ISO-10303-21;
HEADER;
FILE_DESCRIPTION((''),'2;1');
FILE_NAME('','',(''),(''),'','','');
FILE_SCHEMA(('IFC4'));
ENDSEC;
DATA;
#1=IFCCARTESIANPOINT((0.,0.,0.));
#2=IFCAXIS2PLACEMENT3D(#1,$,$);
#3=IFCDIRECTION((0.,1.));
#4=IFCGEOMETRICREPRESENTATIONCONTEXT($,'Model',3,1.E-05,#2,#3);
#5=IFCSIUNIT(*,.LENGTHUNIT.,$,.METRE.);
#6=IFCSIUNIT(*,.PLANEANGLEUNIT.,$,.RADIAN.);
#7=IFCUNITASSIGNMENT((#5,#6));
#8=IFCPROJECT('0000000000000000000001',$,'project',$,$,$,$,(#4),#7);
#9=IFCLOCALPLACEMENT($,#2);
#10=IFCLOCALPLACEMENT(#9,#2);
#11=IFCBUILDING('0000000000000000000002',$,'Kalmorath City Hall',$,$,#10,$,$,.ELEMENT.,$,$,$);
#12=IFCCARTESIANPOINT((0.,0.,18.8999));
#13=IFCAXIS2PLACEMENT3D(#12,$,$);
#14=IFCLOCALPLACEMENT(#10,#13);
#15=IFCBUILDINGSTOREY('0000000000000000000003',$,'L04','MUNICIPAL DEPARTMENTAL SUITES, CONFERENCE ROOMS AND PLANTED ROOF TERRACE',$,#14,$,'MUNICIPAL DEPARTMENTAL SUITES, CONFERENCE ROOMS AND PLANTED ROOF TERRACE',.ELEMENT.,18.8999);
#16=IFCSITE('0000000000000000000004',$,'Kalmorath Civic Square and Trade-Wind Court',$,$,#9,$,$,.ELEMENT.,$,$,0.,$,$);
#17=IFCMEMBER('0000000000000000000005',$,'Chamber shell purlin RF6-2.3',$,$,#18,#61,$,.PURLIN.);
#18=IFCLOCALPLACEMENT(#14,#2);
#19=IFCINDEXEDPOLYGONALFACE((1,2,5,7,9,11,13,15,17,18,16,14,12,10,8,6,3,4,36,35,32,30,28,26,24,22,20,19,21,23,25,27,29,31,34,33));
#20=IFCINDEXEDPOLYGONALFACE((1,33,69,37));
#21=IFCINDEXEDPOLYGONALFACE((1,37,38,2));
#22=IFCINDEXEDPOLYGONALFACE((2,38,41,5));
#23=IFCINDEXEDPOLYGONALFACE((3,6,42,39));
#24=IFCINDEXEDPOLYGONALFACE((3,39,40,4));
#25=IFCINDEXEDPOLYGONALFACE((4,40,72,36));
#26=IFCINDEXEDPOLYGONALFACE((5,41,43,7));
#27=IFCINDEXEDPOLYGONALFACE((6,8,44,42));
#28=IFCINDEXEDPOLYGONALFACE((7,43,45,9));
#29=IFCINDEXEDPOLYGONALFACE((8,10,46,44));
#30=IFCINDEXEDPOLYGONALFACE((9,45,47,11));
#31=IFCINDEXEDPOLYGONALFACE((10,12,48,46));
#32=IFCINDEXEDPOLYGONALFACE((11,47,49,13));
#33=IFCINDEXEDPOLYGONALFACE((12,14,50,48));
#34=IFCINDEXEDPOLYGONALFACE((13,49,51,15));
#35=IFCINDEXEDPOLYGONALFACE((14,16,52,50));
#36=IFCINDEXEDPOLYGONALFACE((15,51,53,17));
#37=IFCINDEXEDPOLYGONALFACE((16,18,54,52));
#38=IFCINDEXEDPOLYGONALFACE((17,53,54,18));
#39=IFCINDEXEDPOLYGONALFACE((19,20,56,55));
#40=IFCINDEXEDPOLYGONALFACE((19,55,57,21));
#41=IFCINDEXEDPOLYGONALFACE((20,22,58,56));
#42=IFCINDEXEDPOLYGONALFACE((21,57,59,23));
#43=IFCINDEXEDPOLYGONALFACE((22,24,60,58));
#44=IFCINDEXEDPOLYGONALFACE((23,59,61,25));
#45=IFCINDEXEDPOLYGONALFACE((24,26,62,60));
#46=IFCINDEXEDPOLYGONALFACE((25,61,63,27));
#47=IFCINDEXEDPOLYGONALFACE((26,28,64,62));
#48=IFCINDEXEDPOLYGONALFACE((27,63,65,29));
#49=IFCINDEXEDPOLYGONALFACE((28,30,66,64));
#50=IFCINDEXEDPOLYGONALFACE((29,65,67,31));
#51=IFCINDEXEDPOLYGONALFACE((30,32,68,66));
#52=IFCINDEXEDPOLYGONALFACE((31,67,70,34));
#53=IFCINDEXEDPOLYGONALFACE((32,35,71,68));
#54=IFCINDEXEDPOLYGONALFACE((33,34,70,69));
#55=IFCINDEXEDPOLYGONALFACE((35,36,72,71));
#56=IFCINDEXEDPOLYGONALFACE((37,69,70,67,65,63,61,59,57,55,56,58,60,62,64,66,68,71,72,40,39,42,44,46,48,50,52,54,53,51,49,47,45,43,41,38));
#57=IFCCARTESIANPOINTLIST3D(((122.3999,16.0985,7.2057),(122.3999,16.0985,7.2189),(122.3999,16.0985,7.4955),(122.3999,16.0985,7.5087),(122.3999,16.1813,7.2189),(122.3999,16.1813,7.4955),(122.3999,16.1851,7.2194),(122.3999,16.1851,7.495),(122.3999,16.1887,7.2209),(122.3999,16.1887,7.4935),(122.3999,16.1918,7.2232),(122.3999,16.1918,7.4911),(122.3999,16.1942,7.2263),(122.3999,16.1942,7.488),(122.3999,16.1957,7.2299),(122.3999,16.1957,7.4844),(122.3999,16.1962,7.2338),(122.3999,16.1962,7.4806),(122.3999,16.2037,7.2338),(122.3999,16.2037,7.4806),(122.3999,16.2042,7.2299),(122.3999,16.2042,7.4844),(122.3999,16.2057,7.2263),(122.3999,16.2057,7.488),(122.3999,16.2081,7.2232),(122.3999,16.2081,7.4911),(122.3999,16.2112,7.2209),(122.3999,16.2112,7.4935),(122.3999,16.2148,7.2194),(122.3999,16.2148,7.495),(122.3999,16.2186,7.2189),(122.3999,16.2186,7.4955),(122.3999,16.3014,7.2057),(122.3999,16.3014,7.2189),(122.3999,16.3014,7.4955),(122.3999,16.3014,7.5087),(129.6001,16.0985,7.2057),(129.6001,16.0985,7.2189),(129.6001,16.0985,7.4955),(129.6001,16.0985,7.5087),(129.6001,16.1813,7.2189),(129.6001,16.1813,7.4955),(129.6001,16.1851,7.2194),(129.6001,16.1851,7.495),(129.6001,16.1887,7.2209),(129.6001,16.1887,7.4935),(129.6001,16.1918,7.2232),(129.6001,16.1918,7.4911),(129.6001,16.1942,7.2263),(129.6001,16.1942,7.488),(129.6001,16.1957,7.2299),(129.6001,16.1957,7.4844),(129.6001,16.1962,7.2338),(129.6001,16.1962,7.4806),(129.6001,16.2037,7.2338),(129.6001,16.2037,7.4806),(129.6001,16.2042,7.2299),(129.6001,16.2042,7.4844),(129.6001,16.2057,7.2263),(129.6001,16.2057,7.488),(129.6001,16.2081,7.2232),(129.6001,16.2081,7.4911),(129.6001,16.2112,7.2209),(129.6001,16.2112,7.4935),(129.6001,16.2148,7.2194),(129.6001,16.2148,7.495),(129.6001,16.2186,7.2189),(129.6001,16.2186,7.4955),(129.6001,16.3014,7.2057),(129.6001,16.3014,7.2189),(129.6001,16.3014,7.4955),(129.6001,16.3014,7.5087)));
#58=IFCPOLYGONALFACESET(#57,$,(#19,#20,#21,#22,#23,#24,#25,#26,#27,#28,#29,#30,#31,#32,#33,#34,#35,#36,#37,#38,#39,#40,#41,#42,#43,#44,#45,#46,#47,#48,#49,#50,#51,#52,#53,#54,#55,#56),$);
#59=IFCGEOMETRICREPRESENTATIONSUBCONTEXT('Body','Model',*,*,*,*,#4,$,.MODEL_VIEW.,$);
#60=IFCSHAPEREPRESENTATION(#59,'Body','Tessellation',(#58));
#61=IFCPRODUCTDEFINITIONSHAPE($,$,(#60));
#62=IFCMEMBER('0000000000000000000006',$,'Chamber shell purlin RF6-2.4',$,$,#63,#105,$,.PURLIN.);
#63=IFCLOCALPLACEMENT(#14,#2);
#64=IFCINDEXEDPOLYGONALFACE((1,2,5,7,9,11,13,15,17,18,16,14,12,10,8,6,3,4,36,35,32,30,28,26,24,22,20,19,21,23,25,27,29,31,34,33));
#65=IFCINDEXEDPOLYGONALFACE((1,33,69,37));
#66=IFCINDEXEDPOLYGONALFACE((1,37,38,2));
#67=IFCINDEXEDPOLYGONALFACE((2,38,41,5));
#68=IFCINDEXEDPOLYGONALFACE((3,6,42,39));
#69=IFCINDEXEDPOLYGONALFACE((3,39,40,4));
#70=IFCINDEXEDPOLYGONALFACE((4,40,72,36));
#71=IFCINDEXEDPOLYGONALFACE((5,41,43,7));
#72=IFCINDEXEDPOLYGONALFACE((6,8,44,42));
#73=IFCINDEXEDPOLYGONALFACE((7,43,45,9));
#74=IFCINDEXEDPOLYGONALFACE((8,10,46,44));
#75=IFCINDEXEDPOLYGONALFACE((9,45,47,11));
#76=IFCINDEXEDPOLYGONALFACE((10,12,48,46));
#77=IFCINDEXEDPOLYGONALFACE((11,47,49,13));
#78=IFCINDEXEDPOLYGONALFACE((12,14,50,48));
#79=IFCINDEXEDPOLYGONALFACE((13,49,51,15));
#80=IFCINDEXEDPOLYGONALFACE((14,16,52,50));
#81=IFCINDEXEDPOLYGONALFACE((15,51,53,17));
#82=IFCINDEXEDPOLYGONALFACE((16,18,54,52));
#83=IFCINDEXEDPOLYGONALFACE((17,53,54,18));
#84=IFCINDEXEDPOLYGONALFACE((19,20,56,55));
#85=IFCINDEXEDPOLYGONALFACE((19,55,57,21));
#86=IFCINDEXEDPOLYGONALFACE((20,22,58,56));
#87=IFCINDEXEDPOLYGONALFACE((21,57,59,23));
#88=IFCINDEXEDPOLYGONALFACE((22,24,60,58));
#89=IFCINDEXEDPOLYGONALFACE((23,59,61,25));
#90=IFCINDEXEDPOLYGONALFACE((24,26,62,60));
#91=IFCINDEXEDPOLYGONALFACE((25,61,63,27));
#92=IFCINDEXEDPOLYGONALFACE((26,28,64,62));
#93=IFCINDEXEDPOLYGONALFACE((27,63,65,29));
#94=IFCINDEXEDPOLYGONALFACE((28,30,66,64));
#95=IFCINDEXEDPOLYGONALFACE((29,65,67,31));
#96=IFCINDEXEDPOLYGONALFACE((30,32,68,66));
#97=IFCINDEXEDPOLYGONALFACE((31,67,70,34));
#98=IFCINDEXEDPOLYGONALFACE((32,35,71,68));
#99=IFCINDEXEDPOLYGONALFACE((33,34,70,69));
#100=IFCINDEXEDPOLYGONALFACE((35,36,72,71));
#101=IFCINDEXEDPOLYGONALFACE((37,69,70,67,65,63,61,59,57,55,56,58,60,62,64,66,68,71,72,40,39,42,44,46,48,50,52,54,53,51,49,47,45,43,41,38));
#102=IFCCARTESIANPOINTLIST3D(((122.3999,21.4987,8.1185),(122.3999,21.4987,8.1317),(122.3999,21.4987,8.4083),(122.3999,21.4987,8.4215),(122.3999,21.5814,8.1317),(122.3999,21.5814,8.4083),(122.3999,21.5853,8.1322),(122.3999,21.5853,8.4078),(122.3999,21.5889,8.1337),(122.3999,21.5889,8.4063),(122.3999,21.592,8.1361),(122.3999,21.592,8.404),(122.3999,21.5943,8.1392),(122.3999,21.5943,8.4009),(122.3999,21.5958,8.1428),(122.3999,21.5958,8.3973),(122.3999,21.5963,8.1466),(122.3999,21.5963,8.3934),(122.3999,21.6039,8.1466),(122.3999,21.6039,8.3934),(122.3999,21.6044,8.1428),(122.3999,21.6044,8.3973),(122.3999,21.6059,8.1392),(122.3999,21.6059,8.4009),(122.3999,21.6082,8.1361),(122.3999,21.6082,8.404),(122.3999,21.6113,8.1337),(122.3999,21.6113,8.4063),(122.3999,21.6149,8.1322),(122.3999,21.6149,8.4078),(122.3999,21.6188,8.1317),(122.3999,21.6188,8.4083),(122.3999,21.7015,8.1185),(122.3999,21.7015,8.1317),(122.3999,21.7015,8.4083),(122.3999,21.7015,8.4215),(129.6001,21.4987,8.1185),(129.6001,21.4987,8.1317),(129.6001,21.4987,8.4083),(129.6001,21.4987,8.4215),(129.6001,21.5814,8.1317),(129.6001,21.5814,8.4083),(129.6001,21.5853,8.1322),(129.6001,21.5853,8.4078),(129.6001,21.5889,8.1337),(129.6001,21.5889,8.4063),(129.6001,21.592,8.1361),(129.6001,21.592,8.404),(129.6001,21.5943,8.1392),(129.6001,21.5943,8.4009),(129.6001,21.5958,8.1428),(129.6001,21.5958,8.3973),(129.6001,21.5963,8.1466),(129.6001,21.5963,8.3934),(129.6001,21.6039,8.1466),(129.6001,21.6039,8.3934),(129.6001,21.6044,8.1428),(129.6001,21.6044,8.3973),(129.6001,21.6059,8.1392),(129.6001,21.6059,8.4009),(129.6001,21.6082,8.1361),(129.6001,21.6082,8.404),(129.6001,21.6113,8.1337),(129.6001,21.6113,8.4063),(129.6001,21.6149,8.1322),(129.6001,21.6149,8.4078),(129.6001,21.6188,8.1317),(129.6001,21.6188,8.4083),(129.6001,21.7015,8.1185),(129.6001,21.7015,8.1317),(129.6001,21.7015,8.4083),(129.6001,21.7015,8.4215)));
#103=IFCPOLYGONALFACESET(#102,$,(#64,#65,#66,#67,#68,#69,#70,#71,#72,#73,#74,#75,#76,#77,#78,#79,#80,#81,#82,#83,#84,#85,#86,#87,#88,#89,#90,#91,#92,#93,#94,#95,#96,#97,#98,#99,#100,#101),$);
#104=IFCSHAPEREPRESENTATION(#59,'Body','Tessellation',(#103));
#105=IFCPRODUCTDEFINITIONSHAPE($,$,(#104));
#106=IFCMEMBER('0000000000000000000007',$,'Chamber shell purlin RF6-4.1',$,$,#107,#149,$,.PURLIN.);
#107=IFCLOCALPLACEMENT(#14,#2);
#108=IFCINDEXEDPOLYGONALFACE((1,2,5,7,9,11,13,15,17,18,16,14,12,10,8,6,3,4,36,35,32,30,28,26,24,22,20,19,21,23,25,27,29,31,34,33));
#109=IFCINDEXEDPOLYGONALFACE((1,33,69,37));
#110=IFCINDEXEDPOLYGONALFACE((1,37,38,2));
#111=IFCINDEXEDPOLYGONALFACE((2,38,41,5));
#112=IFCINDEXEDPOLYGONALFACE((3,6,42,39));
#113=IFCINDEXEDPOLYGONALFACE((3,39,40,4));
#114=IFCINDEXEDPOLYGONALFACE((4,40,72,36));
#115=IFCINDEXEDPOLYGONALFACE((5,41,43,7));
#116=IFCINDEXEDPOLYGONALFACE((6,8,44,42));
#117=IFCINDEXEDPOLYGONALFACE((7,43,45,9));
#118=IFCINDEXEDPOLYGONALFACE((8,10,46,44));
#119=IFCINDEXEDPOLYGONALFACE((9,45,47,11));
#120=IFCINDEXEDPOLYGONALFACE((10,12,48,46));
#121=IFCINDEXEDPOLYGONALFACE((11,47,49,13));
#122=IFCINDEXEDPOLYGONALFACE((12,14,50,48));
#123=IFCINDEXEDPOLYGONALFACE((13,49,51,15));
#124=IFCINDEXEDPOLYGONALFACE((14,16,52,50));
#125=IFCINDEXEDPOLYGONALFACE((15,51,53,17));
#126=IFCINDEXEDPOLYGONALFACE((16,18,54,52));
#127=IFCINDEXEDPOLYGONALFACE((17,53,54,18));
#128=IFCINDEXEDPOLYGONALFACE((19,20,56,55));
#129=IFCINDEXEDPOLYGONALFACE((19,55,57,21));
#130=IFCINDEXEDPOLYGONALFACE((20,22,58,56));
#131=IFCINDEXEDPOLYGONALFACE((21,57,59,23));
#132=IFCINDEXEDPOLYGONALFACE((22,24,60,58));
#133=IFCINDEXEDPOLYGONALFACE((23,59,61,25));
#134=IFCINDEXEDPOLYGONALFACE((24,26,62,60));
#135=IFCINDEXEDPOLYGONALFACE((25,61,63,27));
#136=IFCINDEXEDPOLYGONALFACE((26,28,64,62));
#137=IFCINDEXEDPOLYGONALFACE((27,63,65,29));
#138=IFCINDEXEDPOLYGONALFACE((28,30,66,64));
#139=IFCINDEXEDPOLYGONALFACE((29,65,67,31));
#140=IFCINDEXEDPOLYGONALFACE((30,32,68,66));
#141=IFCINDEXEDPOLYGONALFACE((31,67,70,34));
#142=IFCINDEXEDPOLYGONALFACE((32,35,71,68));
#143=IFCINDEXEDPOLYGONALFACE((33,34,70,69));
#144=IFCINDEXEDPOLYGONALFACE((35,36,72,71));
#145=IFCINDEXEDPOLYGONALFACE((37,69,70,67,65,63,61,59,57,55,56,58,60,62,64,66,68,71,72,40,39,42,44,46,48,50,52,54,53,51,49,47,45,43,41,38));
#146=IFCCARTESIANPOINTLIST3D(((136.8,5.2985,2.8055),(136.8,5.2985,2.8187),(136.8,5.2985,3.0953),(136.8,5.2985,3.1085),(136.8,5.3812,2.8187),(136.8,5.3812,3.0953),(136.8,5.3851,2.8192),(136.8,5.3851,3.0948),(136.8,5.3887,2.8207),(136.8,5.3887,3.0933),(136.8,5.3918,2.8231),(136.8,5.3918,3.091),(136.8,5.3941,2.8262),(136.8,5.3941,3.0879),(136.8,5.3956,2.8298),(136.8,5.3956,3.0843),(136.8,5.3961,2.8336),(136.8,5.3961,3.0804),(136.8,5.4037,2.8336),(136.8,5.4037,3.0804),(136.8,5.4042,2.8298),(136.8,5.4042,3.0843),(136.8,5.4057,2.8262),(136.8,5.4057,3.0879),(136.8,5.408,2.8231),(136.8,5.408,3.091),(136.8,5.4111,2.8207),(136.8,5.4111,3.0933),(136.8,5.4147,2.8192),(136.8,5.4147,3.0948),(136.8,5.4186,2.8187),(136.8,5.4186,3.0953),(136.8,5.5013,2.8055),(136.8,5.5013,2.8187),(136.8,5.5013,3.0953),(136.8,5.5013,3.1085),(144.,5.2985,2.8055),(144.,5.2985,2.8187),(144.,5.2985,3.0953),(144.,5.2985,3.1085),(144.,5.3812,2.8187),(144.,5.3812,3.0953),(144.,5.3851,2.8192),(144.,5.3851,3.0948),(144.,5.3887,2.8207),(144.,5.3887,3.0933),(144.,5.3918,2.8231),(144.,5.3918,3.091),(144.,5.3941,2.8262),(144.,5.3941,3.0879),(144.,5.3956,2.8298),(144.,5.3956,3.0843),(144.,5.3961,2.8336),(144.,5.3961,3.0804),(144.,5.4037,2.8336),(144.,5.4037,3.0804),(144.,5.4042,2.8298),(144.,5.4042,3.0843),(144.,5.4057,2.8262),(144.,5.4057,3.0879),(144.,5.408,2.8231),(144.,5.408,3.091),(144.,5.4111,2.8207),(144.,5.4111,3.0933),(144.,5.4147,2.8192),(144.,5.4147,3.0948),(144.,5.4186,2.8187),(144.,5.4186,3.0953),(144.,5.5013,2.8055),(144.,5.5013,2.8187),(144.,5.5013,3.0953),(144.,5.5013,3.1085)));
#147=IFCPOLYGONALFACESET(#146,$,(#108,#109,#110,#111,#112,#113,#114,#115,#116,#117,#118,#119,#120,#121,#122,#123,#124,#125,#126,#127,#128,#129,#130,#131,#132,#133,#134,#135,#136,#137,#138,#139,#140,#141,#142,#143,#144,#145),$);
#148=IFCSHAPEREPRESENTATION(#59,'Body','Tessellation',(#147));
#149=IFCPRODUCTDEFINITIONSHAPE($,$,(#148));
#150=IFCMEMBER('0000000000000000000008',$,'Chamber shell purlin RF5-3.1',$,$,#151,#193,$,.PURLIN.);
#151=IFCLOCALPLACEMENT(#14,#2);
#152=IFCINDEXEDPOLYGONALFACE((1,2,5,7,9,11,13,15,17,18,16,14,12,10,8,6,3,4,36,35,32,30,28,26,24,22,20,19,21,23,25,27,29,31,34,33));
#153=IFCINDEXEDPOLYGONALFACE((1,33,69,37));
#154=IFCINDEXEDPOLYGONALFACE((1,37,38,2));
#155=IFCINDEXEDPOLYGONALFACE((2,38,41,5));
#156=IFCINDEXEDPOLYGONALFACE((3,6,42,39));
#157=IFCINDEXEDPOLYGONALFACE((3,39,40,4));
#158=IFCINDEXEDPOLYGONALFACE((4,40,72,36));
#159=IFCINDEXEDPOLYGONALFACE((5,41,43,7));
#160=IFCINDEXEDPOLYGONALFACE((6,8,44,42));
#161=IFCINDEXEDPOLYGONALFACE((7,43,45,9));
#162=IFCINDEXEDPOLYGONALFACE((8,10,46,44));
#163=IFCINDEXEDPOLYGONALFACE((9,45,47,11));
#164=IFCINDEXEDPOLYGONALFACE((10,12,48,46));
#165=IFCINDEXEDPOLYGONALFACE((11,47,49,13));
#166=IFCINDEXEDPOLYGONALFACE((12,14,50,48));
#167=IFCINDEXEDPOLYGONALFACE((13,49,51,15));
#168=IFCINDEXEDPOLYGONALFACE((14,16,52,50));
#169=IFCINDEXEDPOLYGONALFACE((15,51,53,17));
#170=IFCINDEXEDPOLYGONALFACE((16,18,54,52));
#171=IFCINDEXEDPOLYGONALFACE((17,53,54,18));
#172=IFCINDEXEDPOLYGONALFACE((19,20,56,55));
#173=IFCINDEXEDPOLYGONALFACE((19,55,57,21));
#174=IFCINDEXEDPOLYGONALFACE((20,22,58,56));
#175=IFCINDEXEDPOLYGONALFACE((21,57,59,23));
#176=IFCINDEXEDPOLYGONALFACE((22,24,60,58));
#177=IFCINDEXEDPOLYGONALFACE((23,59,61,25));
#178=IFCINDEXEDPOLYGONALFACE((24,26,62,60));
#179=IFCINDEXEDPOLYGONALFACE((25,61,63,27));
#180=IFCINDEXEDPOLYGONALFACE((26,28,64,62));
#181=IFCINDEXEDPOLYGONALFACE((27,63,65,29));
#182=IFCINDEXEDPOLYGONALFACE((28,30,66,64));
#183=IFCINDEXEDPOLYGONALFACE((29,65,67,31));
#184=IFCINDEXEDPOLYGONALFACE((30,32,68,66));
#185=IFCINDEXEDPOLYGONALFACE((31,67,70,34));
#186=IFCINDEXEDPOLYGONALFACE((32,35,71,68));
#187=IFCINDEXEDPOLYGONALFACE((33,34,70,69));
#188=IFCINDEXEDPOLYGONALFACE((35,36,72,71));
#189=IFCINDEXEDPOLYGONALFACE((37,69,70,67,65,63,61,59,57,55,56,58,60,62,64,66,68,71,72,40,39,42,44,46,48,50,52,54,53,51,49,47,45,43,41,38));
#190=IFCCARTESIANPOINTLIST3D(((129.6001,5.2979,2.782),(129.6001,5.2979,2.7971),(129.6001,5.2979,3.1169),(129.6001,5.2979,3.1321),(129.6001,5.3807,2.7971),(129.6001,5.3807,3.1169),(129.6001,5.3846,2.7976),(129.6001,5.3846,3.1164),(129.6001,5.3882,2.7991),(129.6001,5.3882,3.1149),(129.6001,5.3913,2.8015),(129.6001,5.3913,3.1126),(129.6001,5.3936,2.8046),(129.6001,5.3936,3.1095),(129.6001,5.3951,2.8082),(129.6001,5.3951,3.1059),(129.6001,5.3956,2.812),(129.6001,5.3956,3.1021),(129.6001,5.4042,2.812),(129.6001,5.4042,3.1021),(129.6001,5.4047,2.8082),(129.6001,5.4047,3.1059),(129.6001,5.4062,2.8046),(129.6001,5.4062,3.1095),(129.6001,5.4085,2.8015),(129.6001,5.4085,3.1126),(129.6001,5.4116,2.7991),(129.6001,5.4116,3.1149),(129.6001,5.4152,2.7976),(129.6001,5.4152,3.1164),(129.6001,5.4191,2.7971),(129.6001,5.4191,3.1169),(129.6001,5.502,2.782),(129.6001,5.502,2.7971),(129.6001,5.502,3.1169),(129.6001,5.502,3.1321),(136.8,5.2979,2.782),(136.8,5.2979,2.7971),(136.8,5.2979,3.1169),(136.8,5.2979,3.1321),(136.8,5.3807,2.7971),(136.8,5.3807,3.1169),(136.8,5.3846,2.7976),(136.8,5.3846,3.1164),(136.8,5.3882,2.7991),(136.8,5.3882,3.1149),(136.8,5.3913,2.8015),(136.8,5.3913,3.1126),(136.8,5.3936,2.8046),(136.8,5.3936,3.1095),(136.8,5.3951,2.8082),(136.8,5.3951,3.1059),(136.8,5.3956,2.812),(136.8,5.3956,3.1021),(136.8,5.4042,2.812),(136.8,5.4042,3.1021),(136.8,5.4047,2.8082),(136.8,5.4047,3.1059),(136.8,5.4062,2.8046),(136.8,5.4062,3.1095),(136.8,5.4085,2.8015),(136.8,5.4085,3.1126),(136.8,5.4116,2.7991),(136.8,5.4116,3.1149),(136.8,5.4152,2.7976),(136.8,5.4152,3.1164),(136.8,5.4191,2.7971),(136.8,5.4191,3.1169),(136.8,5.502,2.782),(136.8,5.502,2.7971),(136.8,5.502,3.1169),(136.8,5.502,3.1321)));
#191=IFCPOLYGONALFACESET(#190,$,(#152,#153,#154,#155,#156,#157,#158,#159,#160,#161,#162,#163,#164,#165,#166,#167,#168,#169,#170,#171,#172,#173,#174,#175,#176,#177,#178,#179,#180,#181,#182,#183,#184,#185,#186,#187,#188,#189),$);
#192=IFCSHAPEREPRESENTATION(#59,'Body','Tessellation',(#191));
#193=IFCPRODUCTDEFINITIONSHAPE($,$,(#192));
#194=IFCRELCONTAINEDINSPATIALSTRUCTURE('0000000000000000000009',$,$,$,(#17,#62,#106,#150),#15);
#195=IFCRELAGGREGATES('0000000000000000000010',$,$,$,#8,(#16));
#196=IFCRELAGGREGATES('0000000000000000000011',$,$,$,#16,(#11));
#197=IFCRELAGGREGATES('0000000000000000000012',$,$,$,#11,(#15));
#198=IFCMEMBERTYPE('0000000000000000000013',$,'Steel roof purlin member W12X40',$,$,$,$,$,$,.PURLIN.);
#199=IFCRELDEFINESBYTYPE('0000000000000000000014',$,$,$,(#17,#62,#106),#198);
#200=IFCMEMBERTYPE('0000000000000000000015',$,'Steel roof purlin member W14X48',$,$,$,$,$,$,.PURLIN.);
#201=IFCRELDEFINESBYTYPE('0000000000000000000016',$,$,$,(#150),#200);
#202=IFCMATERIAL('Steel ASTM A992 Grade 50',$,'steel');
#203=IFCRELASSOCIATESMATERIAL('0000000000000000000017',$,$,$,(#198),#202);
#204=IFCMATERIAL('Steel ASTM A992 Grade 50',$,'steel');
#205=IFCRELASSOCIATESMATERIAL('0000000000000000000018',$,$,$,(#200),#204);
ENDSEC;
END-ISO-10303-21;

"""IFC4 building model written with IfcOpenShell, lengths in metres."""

from ifc_helpers import new_model, si_unit, direction, frame, origin, origin_2d, place, context, subcontext, project, spatial, i_section, extrude, material, material_profile, profile_set, type_object, element, save


model = new_model("IFC4")

# Units and contexts
model_context = context("Model", 3, precision=1e-05, world=origin(), true_north=direction((0.0, 1.0)))
body_context = subcontext(model_context, "Body", "Model", "MODEL_VIEW")
ifc_project = project(units=[si_unit("LENGTHUNIT", "METRE"), si_unit("PLANEANGLEUNIT", "RADIAN")], contexts=[model_context])

# Site, building, storey
site_placement = place(None, origin())
site = spatial("IfcSite", under=ifc_project, at=site_placement, Name="Kalmorath Civic Square and Trade-Wind Court", CompositionType="ELEMENT", RefElevation=0.0)
building_placement = place(site_placement, origin())
building = spatial("IfcBuilding", under=site, at=building_placement, Name="Kalmorath City Hall", CompositionType="ELEMENT")
storey_placement = place(building_placement, frame((0.0, 0.0, 18.8999)))
storey = spatial("IfcBuildingStorey", under=building, at=storey_placement, Name="L04", Description="MUNICIPAL DEPARTMENTAL SUITES, CONFERENCE ROOMS AND PLANTED ROOF TERRACE", LongName="MUNICIPAL DEPARTMENTAL SUITES, CONFERENCE ROOMS AND PLANTED ROOF TERRACE", CompositionType="ELEMENT", Elevation=18.8999)

# Members
ifc_material_1 = material(Name="Steel ASTM A992 Grade 50", Category="steel")
ifc_material_profile_1 = material_profile(ifc_material_1, i_section(OverallWidth=0.2029, OverallDepth=0.303, WebThickness=0.0076, FlangeThickness=0.0132, FilletRadius=0.0149, at=origin_2d()), Name="W12X40")
ifc_profile_set_1 = profile_set([ifc_material_profile_1], Name="Steel ASTM A992 Grade 50")
member_type_1 = type_object("IfcMemberType", Name="Steel roof purlin member W12X40", PredefinedType="PURLIN", material=ifc_profile_set_1)
for number, where, z_axis, x_axis, name in (
    (1, (122.3999, 16.2, 7.3572), (1.0, 0.0, 0.0), (0.0, 1.0, 0.0), "Chamber shell purlin RF6-2.3"),
    (2, (122.3999, 21.6001, 8.27), (1.0, 0.0, 0.0), (0.0, 1.0, 0.0), "Chamber shell purlin RF6-2.4"),
):
    element("IfcMember", number, at=place(storey_placement, frame(where, z_axis=z_axis, x_axis=x_axis)), inside=storey, type_object=member_type_1, Name=name, PredefinedType="PURLIN", context=body_context, shape_type="SweptSolid", body=[
        extrude(i_section(OverallWidth=0.2029, OverallDepth=0.303, WebThickness=0.0076, FlangeThickness=0.0132, FilletRadius=0.0149, at=origin_2d()), origin(), (0.0, 0.0, 1.0), 7.2002),
    ])
member_placement = place(storey_placement, frame((136.8, 5.3999, 2.957), z_axis=(1.0, 0.0, 0.0), x_axis=(0.0, 1.0, 0.0)))
element("IfcMember", 3, at=member_placement, inside=storey, type_object=member_type_1, Name="Chamber shell purlin RF6-4.1", PredefinedType="PURLIN", context=body_context, shape_type="SweptSolid", body=[
    extrude(i_section(OverallWidth=0.2029, OverallDepth=0.303, WebThickness=0.0076, FlangeThickness=0.0132, FilletRadius=0.0149, at=origin_2d()), origin(), (0.0, 0.0, 1.0), 7.2),
])
ifc_material_2 = material(Name="Steel ASTM A992 Grade 50", Category="steel")
ifc_material_profile_2 = material_profile(ifc_material_2, i_section(OverallWidth=0.2041, OverallDepth=0.3501, WebThickness=0.0085, FlangeThickness=0.0151, FilletRadius=0.0149, at=origin_2d()), Name="W14X48")
ifc_profile_set_2 = profile_set([ifc_material_profile_2], Name="Steel ASTM A992 Grade 50")
member_type_2 = type_object("IfcMemberType", Name="Steel roof purlin member W14X48", PredefinedType="PURLIN", material=ifc_profile_set_2)
for number, where, z_axis, x_axis, name in (
    (4, (129.6001, 5.3999, 2.957), (1.0, 0.0, 0.0), (0.0, 1.0, 0.0), "Chamber shell purlin RF5-3.1"),
):
    element("IfcMember", number, at=place(storey_placement, frame(where, z_axis=z_axis, x_axis=x_axis)), inside=storey, type_object=member_type_2, Name=name, PredefinedType="PURLIN", context=body_context, shape_type="SweptSolid", body=[
        extrude(i_section(OverallWidth=0.2041, OverallDepth=0.3501, WebThickness=0.0085, FlangeThickness=0.0151, FilletRadius=0.0149, at=origin_2d()), origin(), (0.0, 0.0, 1.0), 7.2),
    ])

save(model, "model.ifc")
